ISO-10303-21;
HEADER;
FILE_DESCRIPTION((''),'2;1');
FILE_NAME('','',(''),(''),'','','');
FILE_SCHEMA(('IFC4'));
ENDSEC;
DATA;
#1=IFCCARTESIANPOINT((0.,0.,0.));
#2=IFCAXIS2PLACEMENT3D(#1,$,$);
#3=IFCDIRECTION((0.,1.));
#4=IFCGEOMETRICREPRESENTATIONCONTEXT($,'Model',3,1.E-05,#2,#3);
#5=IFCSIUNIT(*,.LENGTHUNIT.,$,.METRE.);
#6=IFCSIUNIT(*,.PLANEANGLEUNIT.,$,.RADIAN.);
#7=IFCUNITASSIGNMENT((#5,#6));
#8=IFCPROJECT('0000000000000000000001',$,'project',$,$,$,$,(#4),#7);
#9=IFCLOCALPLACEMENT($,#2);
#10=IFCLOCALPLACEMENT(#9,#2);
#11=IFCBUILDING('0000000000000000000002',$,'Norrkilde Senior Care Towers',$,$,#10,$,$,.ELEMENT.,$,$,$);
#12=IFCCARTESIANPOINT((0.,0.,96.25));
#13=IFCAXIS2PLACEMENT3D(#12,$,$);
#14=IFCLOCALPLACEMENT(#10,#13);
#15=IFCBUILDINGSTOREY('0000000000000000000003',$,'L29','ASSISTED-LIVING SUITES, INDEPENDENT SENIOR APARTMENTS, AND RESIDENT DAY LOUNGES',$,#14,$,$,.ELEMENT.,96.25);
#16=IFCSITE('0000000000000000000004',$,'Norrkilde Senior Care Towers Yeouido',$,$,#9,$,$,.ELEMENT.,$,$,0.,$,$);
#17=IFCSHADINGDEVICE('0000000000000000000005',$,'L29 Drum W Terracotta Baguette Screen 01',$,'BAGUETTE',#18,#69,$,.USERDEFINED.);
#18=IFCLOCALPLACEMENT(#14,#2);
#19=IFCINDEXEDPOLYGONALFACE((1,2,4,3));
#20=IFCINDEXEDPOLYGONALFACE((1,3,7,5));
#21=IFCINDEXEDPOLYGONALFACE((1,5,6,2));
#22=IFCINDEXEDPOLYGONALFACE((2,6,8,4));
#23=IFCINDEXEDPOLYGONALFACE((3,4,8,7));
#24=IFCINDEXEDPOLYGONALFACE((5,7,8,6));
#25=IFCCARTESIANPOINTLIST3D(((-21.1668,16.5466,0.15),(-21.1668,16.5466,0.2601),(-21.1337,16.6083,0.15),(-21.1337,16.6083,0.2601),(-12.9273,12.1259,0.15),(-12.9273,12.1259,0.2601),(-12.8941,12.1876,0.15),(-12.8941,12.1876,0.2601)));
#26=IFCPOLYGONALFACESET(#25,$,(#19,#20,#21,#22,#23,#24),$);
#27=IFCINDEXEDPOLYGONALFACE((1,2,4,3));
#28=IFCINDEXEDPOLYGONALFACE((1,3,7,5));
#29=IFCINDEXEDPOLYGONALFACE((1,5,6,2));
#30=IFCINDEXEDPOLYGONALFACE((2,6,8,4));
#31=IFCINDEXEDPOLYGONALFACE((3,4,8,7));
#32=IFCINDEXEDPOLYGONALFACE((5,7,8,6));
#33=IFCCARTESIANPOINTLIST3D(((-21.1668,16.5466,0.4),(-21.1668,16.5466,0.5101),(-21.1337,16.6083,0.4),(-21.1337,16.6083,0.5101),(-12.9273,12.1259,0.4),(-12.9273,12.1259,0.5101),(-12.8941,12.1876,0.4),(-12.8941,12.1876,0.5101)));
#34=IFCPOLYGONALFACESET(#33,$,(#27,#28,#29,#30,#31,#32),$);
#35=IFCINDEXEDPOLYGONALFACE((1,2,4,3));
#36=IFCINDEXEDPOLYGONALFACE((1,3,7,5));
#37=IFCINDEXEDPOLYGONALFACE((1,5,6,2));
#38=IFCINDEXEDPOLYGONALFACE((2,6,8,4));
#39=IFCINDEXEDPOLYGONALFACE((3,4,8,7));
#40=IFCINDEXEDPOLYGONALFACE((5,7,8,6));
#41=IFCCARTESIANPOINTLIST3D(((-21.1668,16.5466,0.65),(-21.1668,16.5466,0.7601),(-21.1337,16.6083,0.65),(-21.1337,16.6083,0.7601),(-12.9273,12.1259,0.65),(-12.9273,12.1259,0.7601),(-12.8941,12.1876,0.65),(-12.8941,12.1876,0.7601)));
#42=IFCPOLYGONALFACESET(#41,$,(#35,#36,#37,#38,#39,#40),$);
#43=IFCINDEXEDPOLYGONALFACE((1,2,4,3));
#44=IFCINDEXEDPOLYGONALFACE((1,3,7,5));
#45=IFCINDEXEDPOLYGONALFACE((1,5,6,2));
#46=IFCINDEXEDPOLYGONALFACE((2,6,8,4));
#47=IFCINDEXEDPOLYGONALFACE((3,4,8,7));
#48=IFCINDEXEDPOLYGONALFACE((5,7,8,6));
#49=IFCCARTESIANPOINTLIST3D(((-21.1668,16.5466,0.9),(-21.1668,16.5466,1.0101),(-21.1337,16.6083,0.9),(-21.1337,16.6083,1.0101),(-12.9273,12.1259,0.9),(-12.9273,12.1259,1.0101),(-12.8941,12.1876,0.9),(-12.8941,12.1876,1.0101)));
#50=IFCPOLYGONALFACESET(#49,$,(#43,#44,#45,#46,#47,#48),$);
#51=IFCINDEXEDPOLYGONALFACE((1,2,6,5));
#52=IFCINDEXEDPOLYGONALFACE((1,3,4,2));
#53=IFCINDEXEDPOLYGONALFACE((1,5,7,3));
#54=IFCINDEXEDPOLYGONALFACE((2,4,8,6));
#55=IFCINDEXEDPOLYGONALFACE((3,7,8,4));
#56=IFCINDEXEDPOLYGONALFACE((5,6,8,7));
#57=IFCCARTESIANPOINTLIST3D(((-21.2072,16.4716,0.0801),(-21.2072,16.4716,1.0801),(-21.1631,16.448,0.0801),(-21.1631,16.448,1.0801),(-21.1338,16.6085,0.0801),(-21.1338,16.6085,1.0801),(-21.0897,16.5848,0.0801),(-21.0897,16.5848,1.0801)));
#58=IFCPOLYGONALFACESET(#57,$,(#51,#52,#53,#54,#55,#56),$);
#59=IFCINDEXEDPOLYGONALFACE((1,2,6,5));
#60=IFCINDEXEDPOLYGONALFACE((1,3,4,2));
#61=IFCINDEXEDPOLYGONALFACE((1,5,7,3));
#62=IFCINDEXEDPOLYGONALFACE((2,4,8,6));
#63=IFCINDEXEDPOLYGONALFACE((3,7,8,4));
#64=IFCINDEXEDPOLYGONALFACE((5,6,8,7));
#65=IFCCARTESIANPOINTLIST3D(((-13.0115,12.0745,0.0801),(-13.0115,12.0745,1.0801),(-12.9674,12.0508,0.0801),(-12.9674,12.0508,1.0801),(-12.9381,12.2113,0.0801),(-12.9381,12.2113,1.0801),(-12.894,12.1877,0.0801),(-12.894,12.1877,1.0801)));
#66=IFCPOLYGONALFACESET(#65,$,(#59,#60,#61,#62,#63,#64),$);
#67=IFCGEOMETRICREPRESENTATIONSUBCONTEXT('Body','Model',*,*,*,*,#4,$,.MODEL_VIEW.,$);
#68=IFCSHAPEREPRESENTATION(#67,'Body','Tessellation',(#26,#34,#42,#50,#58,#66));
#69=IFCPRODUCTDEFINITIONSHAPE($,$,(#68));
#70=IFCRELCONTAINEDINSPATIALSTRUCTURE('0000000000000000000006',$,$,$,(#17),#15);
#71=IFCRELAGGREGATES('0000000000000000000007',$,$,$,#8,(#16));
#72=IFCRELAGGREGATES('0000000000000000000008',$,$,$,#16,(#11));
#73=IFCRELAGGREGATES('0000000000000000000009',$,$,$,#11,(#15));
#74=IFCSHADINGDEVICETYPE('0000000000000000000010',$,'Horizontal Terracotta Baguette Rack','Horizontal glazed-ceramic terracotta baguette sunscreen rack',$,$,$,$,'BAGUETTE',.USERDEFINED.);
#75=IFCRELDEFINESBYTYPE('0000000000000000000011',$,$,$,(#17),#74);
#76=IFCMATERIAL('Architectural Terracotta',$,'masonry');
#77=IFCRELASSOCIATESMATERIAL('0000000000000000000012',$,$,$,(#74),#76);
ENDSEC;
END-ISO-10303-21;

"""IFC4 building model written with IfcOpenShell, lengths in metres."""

from ifc_helpers import new_model, si_unit, direction, frame, origin, origin_2d, place, context, subcontext, project, spatial, rectangle, extrude, source, transform, mapped, material, type_object, type_shapes, element, save


model = new_model("IFC4")

# Units and contexts
model_context = context("Model", 3, precision=1e-05, world=origin(), true_north=direction((0.0, 1.0)))
body_context = subcontext(model_context, "Body", "Model", "MODEL_VIEW")
ifc_project = project(units=[si_unit("LENGTHUNIT", "METRE"), si_unit("PLANEANGLEUNIT", "RADIAN")], contexts=[model_context])

# Site, building, storey
site_placement = place(None, origin())
site = spatial("IfcSite", under=ifc_project, at=site_placement, Name="Norrkilde Senior Care Towers Yeouido", CompositionType="ELEMENT", RefElevation=0.0)
building_placement = place(site_placement, origin())
building = spatial("IfcBuilding", under=site, at=building_placement, Name="Norrkilde Senior Care Towers", CompositionType="ELEMENT")
storey_placement = place(building_placement, frame((0.0, 0.0, 96.25)))
storey = spatial("IfcBuildingStorey", under=building, at=storey_placement, Name="L29", Description="ASSISTED-LIVING SUITES, INDEPENDENT SENIOR APARTMENTS, AND RESIDENT DAY LOUNGES", CompositionType="ELEMENT", Elevation=96.25)

# Shading device
ifc_material_1 = material(Name="Architectural Terracotta", Category="masonry")
shading_device_type = type_object("IfcShadingDeviceType", Name="Horizontal Terracotta Baguette Rack", Description="Horizontal glazed-ceramic terracotta baguette sunscreen rack", ElementType="BAGUETTE", PredefinedType="USERDEFINED", material=ifc_material_1)
shared_shape_1 = source(origin(), body_context, "Body", "SweptSolid", [
    extrude(rectangle(XDim=0.0701, YDim=0.1101, at=origin_2d()), frame((0.0, 0.0901, 0.125), z_axis=(1.0, 0.0, 0.0), x_axis=(0.0, 1.0, 0.0)), (0.0, 0.0, 1.0), 9.3506),
    extrude(rectangle(XDim=0.0701, YDim=0.1101, at=origin_2d()), frame((0.0, 0.0901, 0.375), z_axis=(1.0, 0.0, 0.0), x_axis=(0.0, 1.0, 0.0)), (0.0, 0.0, 1.0), 9.3506),
    extrude(rectangle(XDim=0.0701, YDim=0.1101, at=origin_2d()), frame((0.0, 0.0901, 0.625), z_axis=(1.0, 0.0, 0.0), x_axis=(0.0, 1.0, 0.0)), (0.0, 0.0, 1.0), 9.3506),
    extrude(rectangle(XDim=0.0701, YDim=0.1101, at=origin_2d()), frame((0.0, 0.0901, 0.875), z_axis=(1.0, 0.0, 0.0), x_axis=(0.0, 1.0, 0.0)), (0.0, 0.0, 1.0), 9.3506),
    extrude(rectangle(XDim=0.05, YDim=0.1553, at=origin_2d()), frame((0.0249, 0.0476, 0.0)), (0.0, 0.0, 1.0), 1.0),
    extrude(rectangle(XDim=0.05, YDim=0.1553, at=origin_2d()), frame((9.3257, 0.0476, 0.0)), (0.0, 0.0, 1.0), 1.0),
])
type_shapes(shading_device_type, [shared_shape_1])
shading_device_placement = place(storey_placement, frame((-21.1929, 16.498, 0.0801), z_axis=(0.0, 0.0, 1.0), x_axis=(0.881175, -0.472768, 0.0)))
element("IfcShadingDevice", 1, at=shading_device_placement, inside=storey, type_object=shading_device_type, Name="L29 Drum W Terracotta Baguette Screen 01", ObjectType="BAGUETTE", PredefinedType="USERDEFINED", context=body_context, shape_type="MappedRepresentation", body=[
    mapped(shared_shape_1, transform((0.0, 0.0, 0.0), x_axis=(1.0, 0.0, 0.0), y_axis=(0.0, 1.0, 0.0), z_axis=(0.0, 0.0, 1.0), scale=1.0)),
])

save(model, "model.ifc")
